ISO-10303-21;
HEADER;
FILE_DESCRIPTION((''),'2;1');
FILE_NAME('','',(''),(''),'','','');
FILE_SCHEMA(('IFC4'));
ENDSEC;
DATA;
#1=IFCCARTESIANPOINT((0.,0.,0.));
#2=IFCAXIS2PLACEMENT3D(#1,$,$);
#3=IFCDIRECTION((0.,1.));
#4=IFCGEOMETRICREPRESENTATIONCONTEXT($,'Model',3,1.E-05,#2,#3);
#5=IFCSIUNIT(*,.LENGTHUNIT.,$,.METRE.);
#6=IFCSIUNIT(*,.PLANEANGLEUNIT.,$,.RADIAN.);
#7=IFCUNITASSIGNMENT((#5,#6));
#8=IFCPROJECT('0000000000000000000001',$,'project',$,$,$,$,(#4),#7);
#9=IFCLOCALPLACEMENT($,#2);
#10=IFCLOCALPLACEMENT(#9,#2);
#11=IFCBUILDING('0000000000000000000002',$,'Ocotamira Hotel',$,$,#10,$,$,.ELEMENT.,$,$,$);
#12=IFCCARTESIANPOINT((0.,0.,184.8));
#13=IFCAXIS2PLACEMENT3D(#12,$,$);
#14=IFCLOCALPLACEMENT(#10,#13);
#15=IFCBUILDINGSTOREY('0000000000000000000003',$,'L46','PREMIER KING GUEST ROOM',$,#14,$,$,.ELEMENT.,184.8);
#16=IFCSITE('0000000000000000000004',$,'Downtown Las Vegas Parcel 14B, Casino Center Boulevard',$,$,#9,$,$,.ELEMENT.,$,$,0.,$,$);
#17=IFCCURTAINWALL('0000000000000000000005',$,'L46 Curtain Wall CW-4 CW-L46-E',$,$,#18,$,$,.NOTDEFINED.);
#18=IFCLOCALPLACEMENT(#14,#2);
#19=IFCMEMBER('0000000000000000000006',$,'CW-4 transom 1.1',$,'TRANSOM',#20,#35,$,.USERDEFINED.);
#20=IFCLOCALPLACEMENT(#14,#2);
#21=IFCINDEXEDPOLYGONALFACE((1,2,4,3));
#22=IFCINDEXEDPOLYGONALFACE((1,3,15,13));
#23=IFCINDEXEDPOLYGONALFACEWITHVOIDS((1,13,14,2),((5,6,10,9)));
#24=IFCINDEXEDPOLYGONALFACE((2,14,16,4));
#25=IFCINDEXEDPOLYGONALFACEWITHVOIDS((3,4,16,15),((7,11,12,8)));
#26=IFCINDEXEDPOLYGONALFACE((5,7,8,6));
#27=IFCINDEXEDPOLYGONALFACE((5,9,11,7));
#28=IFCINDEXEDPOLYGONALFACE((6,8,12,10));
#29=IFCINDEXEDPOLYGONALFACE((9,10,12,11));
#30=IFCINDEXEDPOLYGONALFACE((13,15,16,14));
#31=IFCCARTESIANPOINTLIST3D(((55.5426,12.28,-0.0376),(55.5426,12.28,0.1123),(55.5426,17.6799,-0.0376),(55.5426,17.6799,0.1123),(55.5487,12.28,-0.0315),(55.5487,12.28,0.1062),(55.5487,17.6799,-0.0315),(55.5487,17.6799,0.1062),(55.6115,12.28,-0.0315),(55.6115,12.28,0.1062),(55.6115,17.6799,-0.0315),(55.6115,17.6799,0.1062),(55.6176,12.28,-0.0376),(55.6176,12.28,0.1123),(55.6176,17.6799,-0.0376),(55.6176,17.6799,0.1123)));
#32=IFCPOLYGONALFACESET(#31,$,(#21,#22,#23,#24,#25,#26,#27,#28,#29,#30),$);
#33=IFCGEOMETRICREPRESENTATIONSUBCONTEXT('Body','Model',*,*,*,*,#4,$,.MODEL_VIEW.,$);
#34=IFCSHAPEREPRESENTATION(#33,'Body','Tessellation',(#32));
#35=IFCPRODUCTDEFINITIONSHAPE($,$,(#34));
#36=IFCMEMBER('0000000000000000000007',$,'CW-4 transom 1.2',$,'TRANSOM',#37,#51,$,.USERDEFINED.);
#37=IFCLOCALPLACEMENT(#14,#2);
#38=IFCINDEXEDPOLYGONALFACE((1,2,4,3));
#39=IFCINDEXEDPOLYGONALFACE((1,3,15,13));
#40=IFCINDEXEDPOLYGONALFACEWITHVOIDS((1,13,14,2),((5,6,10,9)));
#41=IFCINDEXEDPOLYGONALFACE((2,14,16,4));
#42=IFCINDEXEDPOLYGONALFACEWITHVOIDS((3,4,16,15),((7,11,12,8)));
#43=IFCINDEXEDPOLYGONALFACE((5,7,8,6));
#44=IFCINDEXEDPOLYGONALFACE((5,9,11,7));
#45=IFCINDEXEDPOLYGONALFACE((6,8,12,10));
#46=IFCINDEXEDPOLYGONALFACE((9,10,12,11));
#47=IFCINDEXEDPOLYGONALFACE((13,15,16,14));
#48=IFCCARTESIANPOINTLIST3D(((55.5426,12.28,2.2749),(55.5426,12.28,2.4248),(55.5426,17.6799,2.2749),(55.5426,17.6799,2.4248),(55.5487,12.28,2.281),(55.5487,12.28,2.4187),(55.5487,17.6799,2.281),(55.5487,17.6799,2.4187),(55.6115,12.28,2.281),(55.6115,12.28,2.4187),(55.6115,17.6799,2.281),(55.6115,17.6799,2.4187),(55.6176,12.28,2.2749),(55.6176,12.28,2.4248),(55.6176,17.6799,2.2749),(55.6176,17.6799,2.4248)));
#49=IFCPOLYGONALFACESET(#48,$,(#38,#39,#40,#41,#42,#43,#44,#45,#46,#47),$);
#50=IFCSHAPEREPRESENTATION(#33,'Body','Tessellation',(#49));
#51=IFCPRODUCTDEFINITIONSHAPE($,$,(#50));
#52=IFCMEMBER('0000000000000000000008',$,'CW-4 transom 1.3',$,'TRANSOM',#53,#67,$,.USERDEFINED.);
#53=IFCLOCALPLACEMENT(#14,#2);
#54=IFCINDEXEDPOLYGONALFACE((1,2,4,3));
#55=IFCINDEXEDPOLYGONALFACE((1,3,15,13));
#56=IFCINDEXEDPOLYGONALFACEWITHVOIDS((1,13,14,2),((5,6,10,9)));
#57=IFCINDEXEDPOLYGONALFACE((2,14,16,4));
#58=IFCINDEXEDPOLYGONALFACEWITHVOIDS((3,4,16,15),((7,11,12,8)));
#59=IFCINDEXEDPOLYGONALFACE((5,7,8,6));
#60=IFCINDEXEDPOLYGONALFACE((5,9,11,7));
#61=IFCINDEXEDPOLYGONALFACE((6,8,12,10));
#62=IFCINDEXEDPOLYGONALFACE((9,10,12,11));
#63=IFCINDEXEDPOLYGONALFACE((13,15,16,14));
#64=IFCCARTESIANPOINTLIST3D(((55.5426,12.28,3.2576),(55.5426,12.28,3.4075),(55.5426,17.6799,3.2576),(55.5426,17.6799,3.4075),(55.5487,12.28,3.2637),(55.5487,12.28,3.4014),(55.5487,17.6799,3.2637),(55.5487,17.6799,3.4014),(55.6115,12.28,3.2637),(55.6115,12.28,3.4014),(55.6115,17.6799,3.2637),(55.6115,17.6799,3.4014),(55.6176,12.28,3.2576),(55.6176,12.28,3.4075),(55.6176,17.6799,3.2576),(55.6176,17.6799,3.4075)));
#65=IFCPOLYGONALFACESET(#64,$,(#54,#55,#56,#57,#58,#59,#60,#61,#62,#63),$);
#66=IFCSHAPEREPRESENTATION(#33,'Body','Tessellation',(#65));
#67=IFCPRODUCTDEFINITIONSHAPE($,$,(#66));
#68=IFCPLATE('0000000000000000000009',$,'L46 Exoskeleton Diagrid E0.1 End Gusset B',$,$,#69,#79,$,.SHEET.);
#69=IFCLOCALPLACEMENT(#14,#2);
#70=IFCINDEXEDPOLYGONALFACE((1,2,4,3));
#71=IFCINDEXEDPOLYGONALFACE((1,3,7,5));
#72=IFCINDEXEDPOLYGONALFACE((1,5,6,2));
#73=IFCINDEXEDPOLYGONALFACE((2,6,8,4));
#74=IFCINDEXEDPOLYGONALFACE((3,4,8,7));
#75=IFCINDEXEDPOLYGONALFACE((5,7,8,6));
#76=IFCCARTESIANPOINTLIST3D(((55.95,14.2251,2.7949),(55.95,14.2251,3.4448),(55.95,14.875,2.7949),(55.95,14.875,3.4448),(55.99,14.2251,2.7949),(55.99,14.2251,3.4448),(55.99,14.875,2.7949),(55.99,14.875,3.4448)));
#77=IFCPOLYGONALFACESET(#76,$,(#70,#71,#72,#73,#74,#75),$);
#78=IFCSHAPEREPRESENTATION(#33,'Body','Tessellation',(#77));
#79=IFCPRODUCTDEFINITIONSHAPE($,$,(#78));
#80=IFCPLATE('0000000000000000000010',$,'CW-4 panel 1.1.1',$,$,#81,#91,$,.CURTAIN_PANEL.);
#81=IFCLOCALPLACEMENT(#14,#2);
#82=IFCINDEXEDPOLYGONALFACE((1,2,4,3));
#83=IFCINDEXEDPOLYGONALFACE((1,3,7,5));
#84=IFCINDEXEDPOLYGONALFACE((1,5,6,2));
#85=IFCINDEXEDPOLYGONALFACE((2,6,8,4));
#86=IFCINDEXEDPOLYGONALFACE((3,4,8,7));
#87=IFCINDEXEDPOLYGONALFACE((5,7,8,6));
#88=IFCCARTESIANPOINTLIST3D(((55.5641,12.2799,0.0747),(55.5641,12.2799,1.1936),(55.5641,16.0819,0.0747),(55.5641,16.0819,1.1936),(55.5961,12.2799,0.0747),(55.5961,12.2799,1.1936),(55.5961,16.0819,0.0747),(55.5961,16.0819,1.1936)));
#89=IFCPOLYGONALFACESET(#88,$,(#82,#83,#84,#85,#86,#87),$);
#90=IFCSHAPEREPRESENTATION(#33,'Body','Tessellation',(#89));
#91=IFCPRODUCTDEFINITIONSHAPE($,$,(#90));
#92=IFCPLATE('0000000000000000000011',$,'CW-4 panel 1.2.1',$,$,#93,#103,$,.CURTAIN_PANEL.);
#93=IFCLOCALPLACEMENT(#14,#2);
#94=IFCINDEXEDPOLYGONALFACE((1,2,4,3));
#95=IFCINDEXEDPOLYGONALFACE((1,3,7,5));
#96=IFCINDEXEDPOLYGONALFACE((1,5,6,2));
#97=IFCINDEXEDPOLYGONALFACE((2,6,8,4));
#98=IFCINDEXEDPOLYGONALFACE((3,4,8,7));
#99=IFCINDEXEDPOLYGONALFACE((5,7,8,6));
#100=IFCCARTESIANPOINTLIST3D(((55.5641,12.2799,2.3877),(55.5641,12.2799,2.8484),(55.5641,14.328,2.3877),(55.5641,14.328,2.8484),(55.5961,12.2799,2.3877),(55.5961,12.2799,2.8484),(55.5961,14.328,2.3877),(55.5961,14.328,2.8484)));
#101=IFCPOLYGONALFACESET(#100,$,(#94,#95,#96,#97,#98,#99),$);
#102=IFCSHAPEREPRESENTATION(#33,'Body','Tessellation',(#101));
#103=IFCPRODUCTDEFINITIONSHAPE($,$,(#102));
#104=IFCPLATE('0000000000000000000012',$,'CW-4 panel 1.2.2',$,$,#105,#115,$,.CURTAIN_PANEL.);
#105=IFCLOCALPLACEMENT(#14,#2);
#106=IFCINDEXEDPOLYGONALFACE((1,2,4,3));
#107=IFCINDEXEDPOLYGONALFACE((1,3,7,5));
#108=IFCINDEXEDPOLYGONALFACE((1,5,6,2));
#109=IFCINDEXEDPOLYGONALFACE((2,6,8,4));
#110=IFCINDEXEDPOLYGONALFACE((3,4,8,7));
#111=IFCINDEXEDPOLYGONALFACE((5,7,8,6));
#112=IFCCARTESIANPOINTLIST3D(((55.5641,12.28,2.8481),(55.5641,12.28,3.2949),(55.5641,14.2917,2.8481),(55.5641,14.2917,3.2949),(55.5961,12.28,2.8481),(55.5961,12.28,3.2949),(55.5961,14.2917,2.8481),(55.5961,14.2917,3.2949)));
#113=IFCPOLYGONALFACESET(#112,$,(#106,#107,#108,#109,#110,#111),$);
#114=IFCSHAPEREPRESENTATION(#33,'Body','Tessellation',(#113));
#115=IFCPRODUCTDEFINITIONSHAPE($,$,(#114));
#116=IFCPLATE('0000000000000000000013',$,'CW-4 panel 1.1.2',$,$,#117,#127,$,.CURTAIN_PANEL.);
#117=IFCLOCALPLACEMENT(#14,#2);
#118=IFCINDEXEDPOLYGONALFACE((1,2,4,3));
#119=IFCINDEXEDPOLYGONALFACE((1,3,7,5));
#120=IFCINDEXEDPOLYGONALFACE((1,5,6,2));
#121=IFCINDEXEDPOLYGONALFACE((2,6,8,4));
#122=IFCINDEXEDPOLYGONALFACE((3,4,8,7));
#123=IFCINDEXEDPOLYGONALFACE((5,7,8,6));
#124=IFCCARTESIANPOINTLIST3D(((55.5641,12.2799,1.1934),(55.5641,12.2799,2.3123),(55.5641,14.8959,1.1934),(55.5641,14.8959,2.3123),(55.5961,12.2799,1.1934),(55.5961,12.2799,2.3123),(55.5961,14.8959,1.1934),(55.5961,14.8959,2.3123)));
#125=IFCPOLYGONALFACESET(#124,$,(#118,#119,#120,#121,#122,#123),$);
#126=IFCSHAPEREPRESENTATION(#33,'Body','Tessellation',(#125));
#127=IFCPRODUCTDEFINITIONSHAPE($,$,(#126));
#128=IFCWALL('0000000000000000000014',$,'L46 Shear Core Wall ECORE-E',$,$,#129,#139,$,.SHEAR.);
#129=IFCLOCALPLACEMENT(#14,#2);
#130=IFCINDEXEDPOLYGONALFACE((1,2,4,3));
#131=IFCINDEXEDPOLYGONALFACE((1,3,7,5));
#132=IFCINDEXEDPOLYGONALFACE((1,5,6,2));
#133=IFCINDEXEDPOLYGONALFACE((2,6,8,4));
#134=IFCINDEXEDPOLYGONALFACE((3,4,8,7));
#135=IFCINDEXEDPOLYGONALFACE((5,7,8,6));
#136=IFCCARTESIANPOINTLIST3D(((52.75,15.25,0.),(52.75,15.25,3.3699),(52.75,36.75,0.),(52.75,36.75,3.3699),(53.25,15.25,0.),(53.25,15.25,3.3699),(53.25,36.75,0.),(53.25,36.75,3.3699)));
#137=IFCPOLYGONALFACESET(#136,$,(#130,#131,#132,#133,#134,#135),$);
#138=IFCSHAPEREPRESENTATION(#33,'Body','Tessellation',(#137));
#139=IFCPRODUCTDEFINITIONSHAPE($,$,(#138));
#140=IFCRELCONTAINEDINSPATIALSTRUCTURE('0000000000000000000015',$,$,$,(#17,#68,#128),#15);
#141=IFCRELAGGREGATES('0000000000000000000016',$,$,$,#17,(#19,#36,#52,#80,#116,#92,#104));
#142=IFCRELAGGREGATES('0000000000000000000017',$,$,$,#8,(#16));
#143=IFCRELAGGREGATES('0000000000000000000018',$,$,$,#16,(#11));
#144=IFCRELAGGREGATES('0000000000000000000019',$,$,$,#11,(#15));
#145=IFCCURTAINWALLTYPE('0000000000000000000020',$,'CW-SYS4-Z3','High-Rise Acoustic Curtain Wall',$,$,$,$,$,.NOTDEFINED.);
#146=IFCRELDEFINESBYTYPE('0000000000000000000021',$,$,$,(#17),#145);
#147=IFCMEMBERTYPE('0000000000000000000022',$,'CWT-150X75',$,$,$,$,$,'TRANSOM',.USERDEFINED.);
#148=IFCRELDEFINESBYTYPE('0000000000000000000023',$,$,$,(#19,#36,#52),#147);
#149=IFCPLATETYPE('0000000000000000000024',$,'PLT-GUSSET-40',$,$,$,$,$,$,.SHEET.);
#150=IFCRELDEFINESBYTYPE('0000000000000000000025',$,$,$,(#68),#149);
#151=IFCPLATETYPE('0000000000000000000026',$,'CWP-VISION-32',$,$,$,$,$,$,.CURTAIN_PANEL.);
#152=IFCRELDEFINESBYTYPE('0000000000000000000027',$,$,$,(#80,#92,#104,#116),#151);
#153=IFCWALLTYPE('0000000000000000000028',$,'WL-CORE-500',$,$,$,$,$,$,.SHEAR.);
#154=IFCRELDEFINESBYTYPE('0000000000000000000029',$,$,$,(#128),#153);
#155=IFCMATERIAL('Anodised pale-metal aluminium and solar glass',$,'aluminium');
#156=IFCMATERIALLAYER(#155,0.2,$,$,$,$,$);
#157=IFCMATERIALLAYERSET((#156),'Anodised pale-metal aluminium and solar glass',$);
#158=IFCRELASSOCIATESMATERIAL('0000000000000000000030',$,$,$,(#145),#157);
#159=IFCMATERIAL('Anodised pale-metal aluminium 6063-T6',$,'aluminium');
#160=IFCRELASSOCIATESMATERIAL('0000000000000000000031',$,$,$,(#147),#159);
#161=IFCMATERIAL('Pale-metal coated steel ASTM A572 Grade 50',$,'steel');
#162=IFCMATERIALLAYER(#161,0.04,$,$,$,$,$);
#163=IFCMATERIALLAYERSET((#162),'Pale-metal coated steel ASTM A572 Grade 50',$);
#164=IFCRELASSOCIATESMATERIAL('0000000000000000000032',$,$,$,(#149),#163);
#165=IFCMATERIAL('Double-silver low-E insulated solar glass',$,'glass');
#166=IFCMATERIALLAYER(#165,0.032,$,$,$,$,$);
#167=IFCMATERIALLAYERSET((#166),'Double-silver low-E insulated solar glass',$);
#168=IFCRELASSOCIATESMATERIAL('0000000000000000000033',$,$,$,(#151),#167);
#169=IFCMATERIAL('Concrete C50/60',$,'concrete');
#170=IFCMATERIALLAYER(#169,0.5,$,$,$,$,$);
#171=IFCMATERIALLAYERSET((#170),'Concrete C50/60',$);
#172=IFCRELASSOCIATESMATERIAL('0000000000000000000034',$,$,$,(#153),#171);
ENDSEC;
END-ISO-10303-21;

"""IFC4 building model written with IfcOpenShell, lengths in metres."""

from ifc_helpers import new_model, si_unit, direction, frame, frame_2d, origin, origin_2d, place, context, subcontext, project, spatial, rectangle, hollow_rectangle, extrude, source, transform, mapped, material, layer, layer_set, material_profile, profile_set, type_object, element, aggregate, save


model = new_model("IFC4")

# Units and contexts
model_context = context("Model", 3, precision=1e-05, world=origin(), true_north=direction((0.0, 1.0)))
body_context = subcontext(model_context, "Body", "Model", "MODEL_VIEW")
ifc_project = project(units=[si_unit("LENGTHUNIT", "METRE"), si_unit("PLANEANGLEUNIT", "RADIAN")], contexts=[model_context])

# Site, building, storey
site_placement = place(None, origin())
site = spatial("IfcSite", under=ifc_project, at=site_placement, Name="Downtown Las Vegas Parcel 14B, Casino Center Boulevard", CompositionType="ELEMENT", RefElevation=0.0)
building_placement = place(site_placement, origin())
building = spatial("IfcBuilding", under=site, at=building_placement, Name="Ocotamira Hotel", CompositionType="ELEMENT")
storey_placement = place(building_placement, frame((0.0, 0.0, 184.8)))
storey = spatial("IfcBuildingStorey", under=building, at=storey_placement, Name="L46", Description="PREMIER KING GUEST ROOM", CompositionType="ELEMENT", Elevation=184.8)

# Curtain wall, members
ifc_material_1 = material(Name="Anodised pale-metal aluminium and solar glass", Category="aluminium")
ifc_layer_1 = layer(ifc_material_1, 0.2)
ifc_layer_set_1 = layer_set([ifc_layer_1], Name="Anodised pale-metal aluminium and solar glass")
curtain_wall_type = type_object("IfcCurtainWallType", Name="CW-SYS4-Z3", Description="High-Rise Acoustic Curtain Wall", PredefinedType="NOTDEFINED", material=ifc_layer_set_1)
curtain_wall_placement = place(storey_placement, origin())
curtain_wall = element("IfcCurtainWall", 1, at=curtain_wall_placement, inside=storey, type_object=curtain_wall_type, Name="L46 Curtain Wall CW-4 CW-L46-E", PredefinedType="NOTDEFINED")
ifc_material_2 = material(Name="Anodised pale-metal aluminium 6063-T6", Category="aluminium")
ifc_material_profile_1 = material_profile(ifc_material_2, hollow_rectangle(XDim=0.075, YDim=0.1499, WallThickness=0.0061, at=origin_2d()), Name="HSS150X75X6")
ifc_profile_set_1 = profile_set([ifc_material_profile_1], Name="Anodised pale-metal aluminium 6063-T6")
member_type = type_object("IfcMemberType", Name="CWT-150X75", ElementType="TRANSOM", PredefinedType="USERDEFINED", material=ifc_profile_set_1)
shared_shape_1 = source(origin(), body_context, "Body", "SweptSolid", [
    extrude(hollow_rectangle(XDim=0.075, YDim=0.1499, WallThickness=0.0061, at=origin_2d()), origin(), (0.0, 0.0, 1.0), 5.3999),
])
member_1_placement = place(storey_placement, frame((55.5801, 12.28, 0.0374), z_axis=(0.0, 1.0, 0.0), x_axis=(-1.0, 0.0, 0.0)))
member_1 = element("IfcMember", 2, at=member_1_placement, type_object=member_type, Name="CW-4 transom 1.1", ObjectType="TRANSOM", PredefinedType="USERDEFINED", context=body_context, shape_type="MappedRepresentation", body=[
    mapped(shared_shape_1, transform((0.0, 0.0, 0.0), scale=1.0)),
])
member_2_placement = place(storey_placement, frame((55.5801, 12.28, 2.3499), z_axis=(0.0, 1.0, 0.0), x_axis=(-1.0, 0.0, 0.0)))
member_2 = element("IfcMember", 3, at=member_2_placement, type_object=member_type, Name="CW-4 transom 1.2", ObjectType="TRANSOM", PredefinedType="USERDEFINED", context=body_context, shape_type="MappedRepresentation", body=[
    mapped(shared_shape_1, transform((0.0, 0.0, 0.0), scale=1.0)),
])
member_3_placement = place(storey_placement, frame((55.5801, 12.28, 3.3325), z_axis=(0.0, 1.0, 0.0), x_axis=(-1.0, 0.0, 0.0)))
member_3 = element("IfcMember", 4, at=member_3_placement, type_object=member_type, Name="CW-4 transom 1.3", ObjectType="TRANSOM", PredefinedType="USERDEFINED", context=body_context, shape_type="MappedRepresentation", body=[
    mapped(shared_shape_1, transform((0.0, 0.0, 0.0), scale=1.0)),
])

# Plates
ifc_material_3 = material(Name="Pale-metal coated steel ASTM A572 Grade 50", Category="steel")
ifc_layer_2 = layer(ifc_material_3, 0.04)
ifc_layer_set_2 = layer_set([ifc_layer_2], Name="Pale-metal coated steel ASTM A572 Grade 50")
plate_type_1 = type_object("IfcPlateType", Name="PLT-GUSSET-40", PredefinedType="SHEET", material=ifc_layer_set_2)
shared_shape_2 = source(origin(), body_context, "Body", "SweptSolid", [
    extrude(rectangle(XDim=0.04, YDim=0.6499, at=origin_2d()), origin(), (0.0, 0.0, 1.0), 0.6499),
])
plate_1_placement = place(storey_placement, frame((55.97, 14.55, 2.7949), z_axis=(0.0, 0.0, 1.0), x_axis=(1.0, 0.0, 0.0)))
element("IfcPlate", 5, at=plate_1_placement, inside=storey, type_object=plate_type_1, Name="L46 Exoskeleton Diagrid E0.1 End Gusset B", PredefinedType="SHEET", context=body_context, shape_type="MappedRepresentation", body=[
    mapped(shared_shape_2, transform((0.0, 0.0, 0.0), scale=1.0)),
])
ifc_material_4 = material(Name="Double-silver low-E insulated solar glass", Category="glass")
ifc_layer_3 = layer(ifc_material_4, 0.032)
ifc_layer_set_3 = layer_set([ifc_layer_3], Name="Double-silver low-E insulated solar glass")
plate_type_2 = type_object("IfcPlateType", Name="CWP-VISION-32", PredefinedType="CURTAIN_PANEL", material=ifc_layer_set_3)
shared_shape_3 = source(origin(), body_context, "Body", "SweptSolid", [
    extrude(rectangle(XDim=3.802, YDim=0.032, at=origin_2d()), origin(), (0.0, 0.0, 1.0), 1.1189),
])
plate_2_placement = place(storey_placement, frame((55.5801, 14.1809, 0.0747), z_axis=(0.0, 0.0, 1.0), x_axis=(0.0, 1.0, 0.0)))
plate_2 = element("IfcPlate", 6, at=plate_2_placement, type_object=plate_type_2, Name="CW-4 panel 1.1.1", PredefinedType="CURTAIN_PANEL", context=body_context, shape_type="MappedRepresentation", body=[
    mapped(shared_shape_3, transform((0.0, 0.0, 0.0), scale=1.0)),
])
shared_shape_4 = source(origin(), body_context, "Body", "SweptSolid", [
    extrude(rectangle(XDim=2.0481, YDim=0.032, at=origin_2d()), origin(), (0.0, 0.0, 1.0), 0.4607),
])
plate_3_placement = place(storey_placement, frame((55.5801, 13.304, 2.3877), z_axis=(0.0, 0.0, 1.0), x_axis=(0.0, 1.0, 0.0)))
plate_3 = element("IfcPlate", 7, at=plate_3_placement, type_object=plate_type_2, Name="CW-4 panel 1.2.1", PredefinedType="CURTAIN_PANEL", context=body_context, shape_type="MappedRepresentation", body=[
    mapped(shared_shape_4, transform((0.0, 0.0, 0.0), scale=1.0)),
])
shared_shape_5 = source(origin(), body_context, "Body", "SweptSolid", [
    extrude(rectangle(XDim=2.0117, YDim=0.032, at=origin_2d()), origin(), (0.0, 0.0, 1.0), 0.4468),
])
plate_4_placement = place(storey_placement, frame((55.5801, 13.2859, 2.8481), z_axis=(0.0, 0.0, 1.0), x_axis=(0.0, 1.0, 0.0)))
plate_4 = element("IfcPlate", 8, at=plate_4_placement, type_object=plate_type_2, Name="CW-4 panel 1.2.2", PredefinedType="CURTAIN_PANEL", context=body_context, shape_type="MappedRepresentation", body=[
    mapped(shared_shape_5, transform((0.0, 0.0, 0.0), scale=1.0)),
])
shared_shape_6 = source(origin(), body_context, "Body", "SweptSolid", [
    extrude(rectangle(XDim=2.616, YDim=0.032, at=origin_2d()), origin(), (0.0, 0.0, 1.0), 1.1189),
])
plate_5_placement = place(storey_placement, frame((55.5801, 13.5879, 1.1934), z_axis=(0.0, 0.0, 1.0), x_axis=(0.0, 1.0, 0.0)))
plate_5 = element("IfcPlate", 9, at=plate_5_placement, type_object=plate_type_2, Name="CW-4 panel 1.1.2", PredefinedType="CURTAIN_PANEL", context=body_context, shape_type="MappedRepresentation", body=[
    mapped(shared_shape_6, transform((0.0, 0.0, 0.0), scale=1.0)),
])
aggregate(curtain_wall, [member_1, member_2, member_3, plate_2, plate_5, plate_3, plate_4])

# Wall
ifc_material_5 = material(Name="Concrete C50/60", Category="concrete")
ifc_layer_4 = layer(ifc_material_5, 0.5)
ifc_layer_set_4 = layer_set([ifc_layer_4], Name="Concrete C50/60")
wall_type_1 = type_object("IfcWallType", Name="WL-CORE-500", PredefinedType="SHEAR", material=ifc_layer_set_4)
wall_1_placement = place(storey_placement, frame((53.0, 15.25, 0.0), z_axis=(0.0, 0.0, 1.0), x_axis=(0.0, 1.0, 0.0)))
element("IfcWall", 10, at=wall_1_placement, inside=storey, type_object=wall_type_1, Name="L46 Shear Core Wall ECORE-E", PredefinedType="SHEAR", context=body_context, shape_type="SweptSolid", body=[
    extrude(rectangle(XDim=21.5, YDim=0.5, at=frame_2d((10.75, 0.0))), origin(), (0.0, 0.0, 1.0), 3.3699),
])

save(model, "model.ifc")
